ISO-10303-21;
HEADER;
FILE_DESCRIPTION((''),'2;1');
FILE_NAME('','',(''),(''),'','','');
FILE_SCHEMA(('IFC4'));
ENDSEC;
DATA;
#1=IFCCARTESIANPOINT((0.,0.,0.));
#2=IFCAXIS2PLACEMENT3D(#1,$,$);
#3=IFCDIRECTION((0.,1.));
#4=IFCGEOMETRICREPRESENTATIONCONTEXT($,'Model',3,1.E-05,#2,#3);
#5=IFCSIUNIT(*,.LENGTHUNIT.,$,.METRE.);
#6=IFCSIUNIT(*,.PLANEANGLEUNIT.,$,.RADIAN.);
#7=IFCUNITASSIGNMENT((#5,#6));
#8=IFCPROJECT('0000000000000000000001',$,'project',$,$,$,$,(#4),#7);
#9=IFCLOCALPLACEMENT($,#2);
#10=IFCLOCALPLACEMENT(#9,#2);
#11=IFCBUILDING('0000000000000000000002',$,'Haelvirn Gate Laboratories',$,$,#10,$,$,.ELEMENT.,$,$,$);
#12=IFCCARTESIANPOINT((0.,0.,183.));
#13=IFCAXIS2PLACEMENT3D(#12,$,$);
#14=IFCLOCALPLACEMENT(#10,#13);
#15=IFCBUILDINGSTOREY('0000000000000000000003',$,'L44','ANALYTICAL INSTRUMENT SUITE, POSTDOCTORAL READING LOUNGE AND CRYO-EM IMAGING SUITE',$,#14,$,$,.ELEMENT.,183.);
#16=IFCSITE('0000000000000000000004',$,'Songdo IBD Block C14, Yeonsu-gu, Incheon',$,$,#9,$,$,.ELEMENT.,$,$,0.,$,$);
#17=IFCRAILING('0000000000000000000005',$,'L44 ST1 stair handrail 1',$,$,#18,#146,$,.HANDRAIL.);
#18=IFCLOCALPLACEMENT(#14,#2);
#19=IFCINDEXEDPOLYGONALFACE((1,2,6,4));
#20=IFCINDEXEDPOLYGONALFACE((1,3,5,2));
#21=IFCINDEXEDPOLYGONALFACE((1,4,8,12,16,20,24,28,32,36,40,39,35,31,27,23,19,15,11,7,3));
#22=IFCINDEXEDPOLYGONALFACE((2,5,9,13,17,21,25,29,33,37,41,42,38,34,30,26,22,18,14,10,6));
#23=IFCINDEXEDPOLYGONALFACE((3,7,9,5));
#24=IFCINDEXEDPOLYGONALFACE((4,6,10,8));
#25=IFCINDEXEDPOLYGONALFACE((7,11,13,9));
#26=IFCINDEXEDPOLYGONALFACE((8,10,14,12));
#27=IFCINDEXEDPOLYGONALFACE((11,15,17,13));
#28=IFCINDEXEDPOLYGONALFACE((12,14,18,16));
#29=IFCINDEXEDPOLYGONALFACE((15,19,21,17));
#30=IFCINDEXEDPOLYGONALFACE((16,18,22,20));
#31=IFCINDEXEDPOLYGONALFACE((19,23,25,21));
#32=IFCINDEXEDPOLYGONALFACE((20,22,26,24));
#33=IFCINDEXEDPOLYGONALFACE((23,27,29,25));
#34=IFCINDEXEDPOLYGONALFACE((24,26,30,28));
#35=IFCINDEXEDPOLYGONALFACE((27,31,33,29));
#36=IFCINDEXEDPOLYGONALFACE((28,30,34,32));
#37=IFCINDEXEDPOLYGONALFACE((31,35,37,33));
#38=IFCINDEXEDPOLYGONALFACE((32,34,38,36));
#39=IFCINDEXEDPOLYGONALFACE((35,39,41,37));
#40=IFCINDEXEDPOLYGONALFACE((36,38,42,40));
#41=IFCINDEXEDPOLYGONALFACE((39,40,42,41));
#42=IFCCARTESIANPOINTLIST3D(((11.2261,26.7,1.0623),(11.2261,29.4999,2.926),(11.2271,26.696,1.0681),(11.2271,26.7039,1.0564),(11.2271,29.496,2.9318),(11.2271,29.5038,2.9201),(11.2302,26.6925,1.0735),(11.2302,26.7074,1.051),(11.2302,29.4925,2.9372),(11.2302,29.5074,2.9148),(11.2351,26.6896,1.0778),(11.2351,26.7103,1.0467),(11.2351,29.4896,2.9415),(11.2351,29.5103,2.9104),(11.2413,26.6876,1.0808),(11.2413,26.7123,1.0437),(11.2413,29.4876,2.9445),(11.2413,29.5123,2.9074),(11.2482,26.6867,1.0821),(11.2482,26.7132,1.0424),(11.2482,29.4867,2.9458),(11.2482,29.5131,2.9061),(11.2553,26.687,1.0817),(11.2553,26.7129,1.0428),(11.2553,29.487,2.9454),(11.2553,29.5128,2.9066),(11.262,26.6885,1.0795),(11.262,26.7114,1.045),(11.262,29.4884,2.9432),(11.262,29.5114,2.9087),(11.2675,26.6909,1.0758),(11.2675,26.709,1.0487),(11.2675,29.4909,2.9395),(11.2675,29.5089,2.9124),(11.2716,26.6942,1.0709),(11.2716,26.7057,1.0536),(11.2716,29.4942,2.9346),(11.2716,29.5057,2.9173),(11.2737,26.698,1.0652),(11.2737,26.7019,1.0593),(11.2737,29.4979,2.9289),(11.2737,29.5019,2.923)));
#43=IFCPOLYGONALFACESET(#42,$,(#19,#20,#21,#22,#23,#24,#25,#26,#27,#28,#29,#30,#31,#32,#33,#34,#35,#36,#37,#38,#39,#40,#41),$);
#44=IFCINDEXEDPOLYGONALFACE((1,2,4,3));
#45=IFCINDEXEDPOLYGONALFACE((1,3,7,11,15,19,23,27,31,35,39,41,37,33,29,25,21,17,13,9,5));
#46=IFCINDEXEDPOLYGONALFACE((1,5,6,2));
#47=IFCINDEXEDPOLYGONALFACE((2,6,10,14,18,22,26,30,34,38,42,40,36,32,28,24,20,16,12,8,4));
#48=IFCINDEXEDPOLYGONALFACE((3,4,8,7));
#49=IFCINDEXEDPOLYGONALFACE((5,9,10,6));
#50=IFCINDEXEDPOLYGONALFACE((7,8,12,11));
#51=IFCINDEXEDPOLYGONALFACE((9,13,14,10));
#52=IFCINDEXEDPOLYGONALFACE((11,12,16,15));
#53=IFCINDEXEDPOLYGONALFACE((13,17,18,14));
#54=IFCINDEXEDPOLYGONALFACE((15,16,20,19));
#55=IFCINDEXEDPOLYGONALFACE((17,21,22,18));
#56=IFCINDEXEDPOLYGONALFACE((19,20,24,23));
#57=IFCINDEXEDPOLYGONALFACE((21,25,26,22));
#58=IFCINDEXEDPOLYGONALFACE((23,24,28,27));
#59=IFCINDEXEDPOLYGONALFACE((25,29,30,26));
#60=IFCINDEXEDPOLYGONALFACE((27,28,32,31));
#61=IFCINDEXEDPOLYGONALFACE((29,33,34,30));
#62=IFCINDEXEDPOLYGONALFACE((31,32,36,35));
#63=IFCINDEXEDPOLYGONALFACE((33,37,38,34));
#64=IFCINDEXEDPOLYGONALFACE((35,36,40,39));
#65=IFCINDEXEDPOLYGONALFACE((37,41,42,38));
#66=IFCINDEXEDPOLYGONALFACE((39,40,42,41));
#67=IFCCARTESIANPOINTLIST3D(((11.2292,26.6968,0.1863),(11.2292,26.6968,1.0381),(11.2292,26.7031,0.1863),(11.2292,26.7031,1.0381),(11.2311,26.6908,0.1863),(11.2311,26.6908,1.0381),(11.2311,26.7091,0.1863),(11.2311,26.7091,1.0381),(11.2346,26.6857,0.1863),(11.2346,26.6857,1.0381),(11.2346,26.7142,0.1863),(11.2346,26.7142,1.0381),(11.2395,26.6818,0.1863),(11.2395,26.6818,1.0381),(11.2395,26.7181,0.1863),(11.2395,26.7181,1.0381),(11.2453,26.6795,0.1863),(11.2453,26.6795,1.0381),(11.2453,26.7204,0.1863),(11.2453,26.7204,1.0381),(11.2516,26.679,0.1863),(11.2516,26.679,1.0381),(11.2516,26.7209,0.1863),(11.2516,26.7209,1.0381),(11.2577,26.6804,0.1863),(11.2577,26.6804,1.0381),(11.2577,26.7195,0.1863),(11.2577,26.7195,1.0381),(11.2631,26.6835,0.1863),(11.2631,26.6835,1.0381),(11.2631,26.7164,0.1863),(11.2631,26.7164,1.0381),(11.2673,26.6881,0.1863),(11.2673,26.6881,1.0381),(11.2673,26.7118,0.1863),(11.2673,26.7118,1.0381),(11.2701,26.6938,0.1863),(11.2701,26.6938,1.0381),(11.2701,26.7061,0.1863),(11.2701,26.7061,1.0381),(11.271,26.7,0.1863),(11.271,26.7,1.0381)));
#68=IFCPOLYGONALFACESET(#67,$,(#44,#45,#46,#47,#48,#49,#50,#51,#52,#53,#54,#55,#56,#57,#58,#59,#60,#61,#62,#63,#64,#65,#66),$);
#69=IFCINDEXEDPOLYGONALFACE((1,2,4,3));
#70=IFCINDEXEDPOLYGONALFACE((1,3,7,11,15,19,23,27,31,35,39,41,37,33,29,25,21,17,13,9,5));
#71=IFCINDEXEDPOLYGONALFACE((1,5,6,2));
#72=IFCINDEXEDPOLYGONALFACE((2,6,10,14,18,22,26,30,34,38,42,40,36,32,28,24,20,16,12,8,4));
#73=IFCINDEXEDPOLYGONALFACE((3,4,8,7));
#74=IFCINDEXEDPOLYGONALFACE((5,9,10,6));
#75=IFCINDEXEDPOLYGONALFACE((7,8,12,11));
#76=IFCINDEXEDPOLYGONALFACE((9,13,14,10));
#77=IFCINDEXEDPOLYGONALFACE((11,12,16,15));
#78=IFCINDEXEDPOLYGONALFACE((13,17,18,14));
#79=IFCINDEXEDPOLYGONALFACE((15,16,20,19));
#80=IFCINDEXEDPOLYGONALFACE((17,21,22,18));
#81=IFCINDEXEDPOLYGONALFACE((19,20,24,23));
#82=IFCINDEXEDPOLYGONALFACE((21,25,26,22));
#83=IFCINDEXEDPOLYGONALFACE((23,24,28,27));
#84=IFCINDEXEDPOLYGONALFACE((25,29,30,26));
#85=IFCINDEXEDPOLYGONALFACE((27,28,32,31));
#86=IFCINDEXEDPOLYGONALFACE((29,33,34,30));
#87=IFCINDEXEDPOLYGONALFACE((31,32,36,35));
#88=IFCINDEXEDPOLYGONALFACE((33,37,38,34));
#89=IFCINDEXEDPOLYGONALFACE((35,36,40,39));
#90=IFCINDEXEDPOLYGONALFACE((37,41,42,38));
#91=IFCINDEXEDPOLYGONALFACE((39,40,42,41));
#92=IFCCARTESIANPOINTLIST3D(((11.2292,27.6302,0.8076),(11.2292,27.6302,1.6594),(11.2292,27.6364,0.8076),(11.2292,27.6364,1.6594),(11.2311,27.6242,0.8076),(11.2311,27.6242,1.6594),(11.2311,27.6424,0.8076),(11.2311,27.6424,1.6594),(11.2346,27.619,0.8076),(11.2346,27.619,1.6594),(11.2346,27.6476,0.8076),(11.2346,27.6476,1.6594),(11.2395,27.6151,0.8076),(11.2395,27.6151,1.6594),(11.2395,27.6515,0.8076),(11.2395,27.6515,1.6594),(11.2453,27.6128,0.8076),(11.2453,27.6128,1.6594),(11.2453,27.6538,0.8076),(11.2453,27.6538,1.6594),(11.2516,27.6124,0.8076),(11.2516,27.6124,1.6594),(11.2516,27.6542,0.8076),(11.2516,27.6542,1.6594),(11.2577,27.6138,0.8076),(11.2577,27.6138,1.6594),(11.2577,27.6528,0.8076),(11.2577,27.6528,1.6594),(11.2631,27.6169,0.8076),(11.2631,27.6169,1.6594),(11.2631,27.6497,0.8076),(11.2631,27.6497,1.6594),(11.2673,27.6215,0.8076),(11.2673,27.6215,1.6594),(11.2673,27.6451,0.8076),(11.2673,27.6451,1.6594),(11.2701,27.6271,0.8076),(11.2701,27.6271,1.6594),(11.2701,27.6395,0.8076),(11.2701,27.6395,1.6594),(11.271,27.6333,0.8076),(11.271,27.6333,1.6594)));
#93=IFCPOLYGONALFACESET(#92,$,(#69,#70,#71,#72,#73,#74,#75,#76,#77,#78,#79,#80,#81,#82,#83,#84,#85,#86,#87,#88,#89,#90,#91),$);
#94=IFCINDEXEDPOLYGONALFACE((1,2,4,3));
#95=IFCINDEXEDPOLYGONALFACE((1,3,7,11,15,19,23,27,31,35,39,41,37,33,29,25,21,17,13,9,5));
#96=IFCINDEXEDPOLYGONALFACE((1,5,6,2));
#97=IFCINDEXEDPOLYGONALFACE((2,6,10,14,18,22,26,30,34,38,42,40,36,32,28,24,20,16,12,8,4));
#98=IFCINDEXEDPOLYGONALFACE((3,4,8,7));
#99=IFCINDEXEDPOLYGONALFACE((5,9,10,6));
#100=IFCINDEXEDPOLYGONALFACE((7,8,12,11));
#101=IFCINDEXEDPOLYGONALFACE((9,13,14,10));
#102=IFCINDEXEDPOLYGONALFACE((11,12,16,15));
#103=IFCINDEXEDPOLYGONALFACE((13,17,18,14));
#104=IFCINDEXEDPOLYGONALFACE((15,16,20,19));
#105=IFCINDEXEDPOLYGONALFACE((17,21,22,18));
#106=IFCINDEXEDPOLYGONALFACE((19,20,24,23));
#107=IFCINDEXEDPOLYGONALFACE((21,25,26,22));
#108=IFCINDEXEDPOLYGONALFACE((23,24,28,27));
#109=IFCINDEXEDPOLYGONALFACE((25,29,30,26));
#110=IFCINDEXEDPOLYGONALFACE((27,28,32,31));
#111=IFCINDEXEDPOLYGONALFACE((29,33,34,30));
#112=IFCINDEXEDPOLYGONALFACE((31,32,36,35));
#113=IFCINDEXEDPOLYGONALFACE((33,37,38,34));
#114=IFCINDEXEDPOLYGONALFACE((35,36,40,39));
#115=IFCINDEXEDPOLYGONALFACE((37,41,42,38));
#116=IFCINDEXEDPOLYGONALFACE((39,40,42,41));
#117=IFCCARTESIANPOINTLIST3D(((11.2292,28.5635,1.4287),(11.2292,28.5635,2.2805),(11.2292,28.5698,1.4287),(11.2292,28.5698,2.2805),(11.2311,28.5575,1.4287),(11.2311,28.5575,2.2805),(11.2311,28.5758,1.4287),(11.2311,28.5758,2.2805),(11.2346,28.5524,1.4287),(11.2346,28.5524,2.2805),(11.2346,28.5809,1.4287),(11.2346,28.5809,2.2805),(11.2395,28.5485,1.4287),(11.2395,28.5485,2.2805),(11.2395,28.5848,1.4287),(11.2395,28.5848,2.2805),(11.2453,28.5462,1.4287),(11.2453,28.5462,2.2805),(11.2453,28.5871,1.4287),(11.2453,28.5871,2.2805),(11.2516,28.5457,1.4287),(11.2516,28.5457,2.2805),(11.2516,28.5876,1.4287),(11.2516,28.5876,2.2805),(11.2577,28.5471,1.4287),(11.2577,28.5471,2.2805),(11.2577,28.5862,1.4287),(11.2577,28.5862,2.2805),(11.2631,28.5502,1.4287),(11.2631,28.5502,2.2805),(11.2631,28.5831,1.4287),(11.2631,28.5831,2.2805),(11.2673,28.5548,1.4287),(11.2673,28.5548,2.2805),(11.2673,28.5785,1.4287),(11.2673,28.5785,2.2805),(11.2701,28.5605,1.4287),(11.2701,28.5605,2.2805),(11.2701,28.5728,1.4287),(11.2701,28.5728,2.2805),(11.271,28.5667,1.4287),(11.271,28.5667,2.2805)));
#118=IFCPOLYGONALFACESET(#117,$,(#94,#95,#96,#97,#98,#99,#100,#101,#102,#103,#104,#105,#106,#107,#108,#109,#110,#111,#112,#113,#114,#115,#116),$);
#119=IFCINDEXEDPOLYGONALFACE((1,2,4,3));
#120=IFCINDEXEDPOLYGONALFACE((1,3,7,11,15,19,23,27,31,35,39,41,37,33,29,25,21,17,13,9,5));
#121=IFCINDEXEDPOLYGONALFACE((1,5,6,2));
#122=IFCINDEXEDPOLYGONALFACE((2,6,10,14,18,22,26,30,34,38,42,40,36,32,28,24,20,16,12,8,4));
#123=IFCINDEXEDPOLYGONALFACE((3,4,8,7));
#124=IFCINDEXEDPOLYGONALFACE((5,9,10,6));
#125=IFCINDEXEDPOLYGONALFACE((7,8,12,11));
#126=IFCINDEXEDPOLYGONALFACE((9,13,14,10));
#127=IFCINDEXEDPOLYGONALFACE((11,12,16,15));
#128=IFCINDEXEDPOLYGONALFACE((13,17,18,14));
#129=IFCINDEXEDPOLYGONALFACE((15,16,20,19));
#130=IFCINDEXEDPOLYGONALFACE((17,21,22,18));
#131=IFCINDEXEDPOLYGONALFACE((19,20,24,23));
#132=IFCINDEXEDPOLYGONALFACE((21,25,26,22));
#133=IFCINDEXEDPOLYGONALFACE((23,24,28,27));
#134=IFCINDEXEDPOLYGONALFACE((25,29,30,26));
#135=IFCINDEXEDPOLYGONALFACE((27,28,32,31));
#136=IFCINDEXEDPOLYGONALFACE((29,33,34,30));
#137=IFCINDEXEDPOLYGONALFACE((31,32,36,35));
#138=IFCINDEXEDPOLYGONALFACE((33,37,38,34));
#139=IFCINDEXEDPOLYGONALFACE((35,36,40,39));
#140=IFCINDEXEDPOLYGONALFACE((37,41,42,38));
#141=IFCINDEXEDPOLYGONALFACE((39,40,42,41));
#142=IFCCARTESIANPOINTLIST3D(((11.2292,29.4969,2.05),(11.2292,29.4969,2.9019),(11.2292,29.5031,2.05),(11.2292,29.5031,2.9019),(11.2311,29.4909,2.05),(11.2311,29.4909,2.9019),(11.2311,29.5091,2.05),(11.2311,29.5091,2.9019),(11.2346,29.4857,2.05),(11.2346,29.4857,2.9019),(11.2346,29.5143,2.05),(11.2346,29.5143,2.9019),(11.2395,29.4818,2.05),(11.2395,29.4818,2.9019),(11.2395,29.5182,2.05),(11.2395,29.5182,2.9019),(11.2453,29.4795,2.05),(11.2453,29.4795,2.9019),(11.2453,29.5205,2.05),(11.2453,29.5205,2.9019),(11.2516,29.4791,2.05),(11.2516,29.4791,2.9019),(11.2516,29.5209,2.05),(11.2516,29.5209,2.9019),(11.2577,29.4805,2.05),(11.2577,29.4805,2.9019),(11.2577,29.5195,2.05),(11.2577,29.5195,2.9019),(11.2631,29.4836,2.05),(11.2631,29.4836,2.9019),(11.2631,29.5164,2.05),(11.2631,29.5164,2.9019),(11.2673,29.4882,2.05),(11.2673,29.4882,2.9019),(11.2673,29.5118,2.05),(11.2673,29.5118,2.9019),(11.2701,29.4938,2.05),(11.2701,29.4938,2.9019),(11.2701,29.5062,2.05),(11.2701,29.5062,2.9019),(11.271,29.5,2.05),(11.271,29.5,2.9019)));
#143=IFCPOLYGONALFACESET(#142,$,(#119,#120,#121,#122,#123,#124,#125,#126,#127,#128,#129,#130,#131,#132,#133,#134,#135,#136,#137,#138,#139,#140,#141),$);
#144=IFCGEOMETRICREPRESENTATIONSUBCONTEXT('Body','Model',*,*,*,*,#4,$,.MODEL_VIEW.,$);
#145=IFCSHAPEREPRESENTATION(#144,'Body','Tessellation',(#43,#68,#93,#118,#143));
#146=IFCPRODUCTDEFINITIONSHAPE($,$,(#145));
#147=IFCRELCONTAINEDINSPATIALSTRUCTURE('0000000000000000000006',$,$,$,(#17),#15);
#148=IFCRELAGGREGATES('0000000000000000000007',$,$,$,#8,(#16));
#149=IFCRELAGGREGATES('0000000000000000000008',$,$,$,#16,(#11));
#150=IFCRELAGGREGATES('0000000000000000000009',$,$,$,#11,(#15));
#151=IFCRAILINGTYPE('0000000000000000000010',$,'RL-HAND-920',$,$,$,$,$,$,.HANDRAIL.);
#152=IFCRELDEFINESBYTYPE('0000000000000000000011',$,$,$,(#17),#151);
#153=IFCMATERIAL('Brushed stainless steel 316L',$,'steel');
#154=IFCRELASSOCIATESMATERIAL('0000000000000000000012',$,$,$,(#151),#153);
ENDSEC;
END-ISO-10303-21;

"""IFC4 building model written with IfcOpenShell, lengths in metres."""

from ifc_helpers import new_model, si_unit, direction, frame, origin, origin_2d, place, context, subcontext, project, spatial, circle, extrude, source, transform, mapped, material, type_object, element, save


model = new_model("IFC4")

# Units and contexts
model_context = context("Model", 3, precision=1e-05, world=origin(), true_north=direction((0.0, 1.0)))
body_context = subcontext(model_context, "Body", "Model", "MODEL_VIEW")
ifc_project = project(units=[si_unit("LENGTHUNIT", "METRE"), si_unit("PLANEANGLEUNIT", "RADIAN")], contexts=[model_context])

# Site, building, storey
site_placement = place(None, origin())
site = spatial("IfcSite", under=ifc_project, at=site_placement, Name="Songdo IBD Block C14, Yeonsu-gu, Incheon", CompositionType="ELEMENT", RefElevation=0.0)
building_placement = place(site_placement, origin())
building = spatial("IfcBuilding", under=site, at=building_placement, Name="Haelvirn Gate Laboratories", CompositionType="ELEMENT")
storey_placement = place(building_placement, frame((0.0, 0.0, 183.0)))
storey = spatial("IfcBuildingStorey", under=building, at=storey_placement, Name="L44", Description="ANALYTICAL INSTRUMENT SUITE, POSTDOCTORAL READING LOUNGE AND CRYO-EM IMAGING SUITE", CompositionType="ELEMENT", Elevation=183.0)

# Railing
ifc_material_1 = material(Name="Brushed stainless steel 316L", Category="steel")
railing_type_1 = type_object("IfcRailingType", Name="RL-HAND-920", PredefinedType="HANDRAIL", material=ifc_material_1)
shared_shape_1 = source(origin(), body_context, "Body", "SweptSolid", [
    extrude(circle(Radius=0.0239, at=origin_2d()), frame((0.0, 0.0, 0.876), z_axis=(0.0, 0.832452, 0.554097), x_axis=(-1.0, 0.0, 0.0)), (0.0, 0.0, 1.0), 3.3635),
    extrude(circle(Radius=0.021, at=origin_2d()), origin(), (0.0, 0.0, 1.0), 0.8518),
    extrude(circle(Radius=0.021, at=origin_2d()), frame((0.0, 0.9333, 0.6213)), (0.0, 0.0, 1.0), 0.8518),
    extrude(circle(Radius=0.021, at=origin_2d()), frame((0.0, 1.8667, 1.2424)), (0.0, 0.0, 1.0), 0.8518),
    extrude(circle(Radius=0.021, at=origin_2d()), frame((0.0, 2.8, 1.8638)), (0.0, 0.0, 1.0), 0.8518),
])
railing_1_placement = place(storey_placement, frame((11.25, 26.7, 0.1863)))
element("IfcRailing", 1, at=railing_1_placement, inside=storey, type_object=railing_type_1, Name="L44 ST1 stair handrail 1", PredefinedType="HANDRAIL", context=body_context, shape_type="MappedRepresentation", body=[
    mapped(shared_shape_1, transform((0.0, 0.0, 0.0), scale=1.0)),
])

save(model, "model.ifc")
